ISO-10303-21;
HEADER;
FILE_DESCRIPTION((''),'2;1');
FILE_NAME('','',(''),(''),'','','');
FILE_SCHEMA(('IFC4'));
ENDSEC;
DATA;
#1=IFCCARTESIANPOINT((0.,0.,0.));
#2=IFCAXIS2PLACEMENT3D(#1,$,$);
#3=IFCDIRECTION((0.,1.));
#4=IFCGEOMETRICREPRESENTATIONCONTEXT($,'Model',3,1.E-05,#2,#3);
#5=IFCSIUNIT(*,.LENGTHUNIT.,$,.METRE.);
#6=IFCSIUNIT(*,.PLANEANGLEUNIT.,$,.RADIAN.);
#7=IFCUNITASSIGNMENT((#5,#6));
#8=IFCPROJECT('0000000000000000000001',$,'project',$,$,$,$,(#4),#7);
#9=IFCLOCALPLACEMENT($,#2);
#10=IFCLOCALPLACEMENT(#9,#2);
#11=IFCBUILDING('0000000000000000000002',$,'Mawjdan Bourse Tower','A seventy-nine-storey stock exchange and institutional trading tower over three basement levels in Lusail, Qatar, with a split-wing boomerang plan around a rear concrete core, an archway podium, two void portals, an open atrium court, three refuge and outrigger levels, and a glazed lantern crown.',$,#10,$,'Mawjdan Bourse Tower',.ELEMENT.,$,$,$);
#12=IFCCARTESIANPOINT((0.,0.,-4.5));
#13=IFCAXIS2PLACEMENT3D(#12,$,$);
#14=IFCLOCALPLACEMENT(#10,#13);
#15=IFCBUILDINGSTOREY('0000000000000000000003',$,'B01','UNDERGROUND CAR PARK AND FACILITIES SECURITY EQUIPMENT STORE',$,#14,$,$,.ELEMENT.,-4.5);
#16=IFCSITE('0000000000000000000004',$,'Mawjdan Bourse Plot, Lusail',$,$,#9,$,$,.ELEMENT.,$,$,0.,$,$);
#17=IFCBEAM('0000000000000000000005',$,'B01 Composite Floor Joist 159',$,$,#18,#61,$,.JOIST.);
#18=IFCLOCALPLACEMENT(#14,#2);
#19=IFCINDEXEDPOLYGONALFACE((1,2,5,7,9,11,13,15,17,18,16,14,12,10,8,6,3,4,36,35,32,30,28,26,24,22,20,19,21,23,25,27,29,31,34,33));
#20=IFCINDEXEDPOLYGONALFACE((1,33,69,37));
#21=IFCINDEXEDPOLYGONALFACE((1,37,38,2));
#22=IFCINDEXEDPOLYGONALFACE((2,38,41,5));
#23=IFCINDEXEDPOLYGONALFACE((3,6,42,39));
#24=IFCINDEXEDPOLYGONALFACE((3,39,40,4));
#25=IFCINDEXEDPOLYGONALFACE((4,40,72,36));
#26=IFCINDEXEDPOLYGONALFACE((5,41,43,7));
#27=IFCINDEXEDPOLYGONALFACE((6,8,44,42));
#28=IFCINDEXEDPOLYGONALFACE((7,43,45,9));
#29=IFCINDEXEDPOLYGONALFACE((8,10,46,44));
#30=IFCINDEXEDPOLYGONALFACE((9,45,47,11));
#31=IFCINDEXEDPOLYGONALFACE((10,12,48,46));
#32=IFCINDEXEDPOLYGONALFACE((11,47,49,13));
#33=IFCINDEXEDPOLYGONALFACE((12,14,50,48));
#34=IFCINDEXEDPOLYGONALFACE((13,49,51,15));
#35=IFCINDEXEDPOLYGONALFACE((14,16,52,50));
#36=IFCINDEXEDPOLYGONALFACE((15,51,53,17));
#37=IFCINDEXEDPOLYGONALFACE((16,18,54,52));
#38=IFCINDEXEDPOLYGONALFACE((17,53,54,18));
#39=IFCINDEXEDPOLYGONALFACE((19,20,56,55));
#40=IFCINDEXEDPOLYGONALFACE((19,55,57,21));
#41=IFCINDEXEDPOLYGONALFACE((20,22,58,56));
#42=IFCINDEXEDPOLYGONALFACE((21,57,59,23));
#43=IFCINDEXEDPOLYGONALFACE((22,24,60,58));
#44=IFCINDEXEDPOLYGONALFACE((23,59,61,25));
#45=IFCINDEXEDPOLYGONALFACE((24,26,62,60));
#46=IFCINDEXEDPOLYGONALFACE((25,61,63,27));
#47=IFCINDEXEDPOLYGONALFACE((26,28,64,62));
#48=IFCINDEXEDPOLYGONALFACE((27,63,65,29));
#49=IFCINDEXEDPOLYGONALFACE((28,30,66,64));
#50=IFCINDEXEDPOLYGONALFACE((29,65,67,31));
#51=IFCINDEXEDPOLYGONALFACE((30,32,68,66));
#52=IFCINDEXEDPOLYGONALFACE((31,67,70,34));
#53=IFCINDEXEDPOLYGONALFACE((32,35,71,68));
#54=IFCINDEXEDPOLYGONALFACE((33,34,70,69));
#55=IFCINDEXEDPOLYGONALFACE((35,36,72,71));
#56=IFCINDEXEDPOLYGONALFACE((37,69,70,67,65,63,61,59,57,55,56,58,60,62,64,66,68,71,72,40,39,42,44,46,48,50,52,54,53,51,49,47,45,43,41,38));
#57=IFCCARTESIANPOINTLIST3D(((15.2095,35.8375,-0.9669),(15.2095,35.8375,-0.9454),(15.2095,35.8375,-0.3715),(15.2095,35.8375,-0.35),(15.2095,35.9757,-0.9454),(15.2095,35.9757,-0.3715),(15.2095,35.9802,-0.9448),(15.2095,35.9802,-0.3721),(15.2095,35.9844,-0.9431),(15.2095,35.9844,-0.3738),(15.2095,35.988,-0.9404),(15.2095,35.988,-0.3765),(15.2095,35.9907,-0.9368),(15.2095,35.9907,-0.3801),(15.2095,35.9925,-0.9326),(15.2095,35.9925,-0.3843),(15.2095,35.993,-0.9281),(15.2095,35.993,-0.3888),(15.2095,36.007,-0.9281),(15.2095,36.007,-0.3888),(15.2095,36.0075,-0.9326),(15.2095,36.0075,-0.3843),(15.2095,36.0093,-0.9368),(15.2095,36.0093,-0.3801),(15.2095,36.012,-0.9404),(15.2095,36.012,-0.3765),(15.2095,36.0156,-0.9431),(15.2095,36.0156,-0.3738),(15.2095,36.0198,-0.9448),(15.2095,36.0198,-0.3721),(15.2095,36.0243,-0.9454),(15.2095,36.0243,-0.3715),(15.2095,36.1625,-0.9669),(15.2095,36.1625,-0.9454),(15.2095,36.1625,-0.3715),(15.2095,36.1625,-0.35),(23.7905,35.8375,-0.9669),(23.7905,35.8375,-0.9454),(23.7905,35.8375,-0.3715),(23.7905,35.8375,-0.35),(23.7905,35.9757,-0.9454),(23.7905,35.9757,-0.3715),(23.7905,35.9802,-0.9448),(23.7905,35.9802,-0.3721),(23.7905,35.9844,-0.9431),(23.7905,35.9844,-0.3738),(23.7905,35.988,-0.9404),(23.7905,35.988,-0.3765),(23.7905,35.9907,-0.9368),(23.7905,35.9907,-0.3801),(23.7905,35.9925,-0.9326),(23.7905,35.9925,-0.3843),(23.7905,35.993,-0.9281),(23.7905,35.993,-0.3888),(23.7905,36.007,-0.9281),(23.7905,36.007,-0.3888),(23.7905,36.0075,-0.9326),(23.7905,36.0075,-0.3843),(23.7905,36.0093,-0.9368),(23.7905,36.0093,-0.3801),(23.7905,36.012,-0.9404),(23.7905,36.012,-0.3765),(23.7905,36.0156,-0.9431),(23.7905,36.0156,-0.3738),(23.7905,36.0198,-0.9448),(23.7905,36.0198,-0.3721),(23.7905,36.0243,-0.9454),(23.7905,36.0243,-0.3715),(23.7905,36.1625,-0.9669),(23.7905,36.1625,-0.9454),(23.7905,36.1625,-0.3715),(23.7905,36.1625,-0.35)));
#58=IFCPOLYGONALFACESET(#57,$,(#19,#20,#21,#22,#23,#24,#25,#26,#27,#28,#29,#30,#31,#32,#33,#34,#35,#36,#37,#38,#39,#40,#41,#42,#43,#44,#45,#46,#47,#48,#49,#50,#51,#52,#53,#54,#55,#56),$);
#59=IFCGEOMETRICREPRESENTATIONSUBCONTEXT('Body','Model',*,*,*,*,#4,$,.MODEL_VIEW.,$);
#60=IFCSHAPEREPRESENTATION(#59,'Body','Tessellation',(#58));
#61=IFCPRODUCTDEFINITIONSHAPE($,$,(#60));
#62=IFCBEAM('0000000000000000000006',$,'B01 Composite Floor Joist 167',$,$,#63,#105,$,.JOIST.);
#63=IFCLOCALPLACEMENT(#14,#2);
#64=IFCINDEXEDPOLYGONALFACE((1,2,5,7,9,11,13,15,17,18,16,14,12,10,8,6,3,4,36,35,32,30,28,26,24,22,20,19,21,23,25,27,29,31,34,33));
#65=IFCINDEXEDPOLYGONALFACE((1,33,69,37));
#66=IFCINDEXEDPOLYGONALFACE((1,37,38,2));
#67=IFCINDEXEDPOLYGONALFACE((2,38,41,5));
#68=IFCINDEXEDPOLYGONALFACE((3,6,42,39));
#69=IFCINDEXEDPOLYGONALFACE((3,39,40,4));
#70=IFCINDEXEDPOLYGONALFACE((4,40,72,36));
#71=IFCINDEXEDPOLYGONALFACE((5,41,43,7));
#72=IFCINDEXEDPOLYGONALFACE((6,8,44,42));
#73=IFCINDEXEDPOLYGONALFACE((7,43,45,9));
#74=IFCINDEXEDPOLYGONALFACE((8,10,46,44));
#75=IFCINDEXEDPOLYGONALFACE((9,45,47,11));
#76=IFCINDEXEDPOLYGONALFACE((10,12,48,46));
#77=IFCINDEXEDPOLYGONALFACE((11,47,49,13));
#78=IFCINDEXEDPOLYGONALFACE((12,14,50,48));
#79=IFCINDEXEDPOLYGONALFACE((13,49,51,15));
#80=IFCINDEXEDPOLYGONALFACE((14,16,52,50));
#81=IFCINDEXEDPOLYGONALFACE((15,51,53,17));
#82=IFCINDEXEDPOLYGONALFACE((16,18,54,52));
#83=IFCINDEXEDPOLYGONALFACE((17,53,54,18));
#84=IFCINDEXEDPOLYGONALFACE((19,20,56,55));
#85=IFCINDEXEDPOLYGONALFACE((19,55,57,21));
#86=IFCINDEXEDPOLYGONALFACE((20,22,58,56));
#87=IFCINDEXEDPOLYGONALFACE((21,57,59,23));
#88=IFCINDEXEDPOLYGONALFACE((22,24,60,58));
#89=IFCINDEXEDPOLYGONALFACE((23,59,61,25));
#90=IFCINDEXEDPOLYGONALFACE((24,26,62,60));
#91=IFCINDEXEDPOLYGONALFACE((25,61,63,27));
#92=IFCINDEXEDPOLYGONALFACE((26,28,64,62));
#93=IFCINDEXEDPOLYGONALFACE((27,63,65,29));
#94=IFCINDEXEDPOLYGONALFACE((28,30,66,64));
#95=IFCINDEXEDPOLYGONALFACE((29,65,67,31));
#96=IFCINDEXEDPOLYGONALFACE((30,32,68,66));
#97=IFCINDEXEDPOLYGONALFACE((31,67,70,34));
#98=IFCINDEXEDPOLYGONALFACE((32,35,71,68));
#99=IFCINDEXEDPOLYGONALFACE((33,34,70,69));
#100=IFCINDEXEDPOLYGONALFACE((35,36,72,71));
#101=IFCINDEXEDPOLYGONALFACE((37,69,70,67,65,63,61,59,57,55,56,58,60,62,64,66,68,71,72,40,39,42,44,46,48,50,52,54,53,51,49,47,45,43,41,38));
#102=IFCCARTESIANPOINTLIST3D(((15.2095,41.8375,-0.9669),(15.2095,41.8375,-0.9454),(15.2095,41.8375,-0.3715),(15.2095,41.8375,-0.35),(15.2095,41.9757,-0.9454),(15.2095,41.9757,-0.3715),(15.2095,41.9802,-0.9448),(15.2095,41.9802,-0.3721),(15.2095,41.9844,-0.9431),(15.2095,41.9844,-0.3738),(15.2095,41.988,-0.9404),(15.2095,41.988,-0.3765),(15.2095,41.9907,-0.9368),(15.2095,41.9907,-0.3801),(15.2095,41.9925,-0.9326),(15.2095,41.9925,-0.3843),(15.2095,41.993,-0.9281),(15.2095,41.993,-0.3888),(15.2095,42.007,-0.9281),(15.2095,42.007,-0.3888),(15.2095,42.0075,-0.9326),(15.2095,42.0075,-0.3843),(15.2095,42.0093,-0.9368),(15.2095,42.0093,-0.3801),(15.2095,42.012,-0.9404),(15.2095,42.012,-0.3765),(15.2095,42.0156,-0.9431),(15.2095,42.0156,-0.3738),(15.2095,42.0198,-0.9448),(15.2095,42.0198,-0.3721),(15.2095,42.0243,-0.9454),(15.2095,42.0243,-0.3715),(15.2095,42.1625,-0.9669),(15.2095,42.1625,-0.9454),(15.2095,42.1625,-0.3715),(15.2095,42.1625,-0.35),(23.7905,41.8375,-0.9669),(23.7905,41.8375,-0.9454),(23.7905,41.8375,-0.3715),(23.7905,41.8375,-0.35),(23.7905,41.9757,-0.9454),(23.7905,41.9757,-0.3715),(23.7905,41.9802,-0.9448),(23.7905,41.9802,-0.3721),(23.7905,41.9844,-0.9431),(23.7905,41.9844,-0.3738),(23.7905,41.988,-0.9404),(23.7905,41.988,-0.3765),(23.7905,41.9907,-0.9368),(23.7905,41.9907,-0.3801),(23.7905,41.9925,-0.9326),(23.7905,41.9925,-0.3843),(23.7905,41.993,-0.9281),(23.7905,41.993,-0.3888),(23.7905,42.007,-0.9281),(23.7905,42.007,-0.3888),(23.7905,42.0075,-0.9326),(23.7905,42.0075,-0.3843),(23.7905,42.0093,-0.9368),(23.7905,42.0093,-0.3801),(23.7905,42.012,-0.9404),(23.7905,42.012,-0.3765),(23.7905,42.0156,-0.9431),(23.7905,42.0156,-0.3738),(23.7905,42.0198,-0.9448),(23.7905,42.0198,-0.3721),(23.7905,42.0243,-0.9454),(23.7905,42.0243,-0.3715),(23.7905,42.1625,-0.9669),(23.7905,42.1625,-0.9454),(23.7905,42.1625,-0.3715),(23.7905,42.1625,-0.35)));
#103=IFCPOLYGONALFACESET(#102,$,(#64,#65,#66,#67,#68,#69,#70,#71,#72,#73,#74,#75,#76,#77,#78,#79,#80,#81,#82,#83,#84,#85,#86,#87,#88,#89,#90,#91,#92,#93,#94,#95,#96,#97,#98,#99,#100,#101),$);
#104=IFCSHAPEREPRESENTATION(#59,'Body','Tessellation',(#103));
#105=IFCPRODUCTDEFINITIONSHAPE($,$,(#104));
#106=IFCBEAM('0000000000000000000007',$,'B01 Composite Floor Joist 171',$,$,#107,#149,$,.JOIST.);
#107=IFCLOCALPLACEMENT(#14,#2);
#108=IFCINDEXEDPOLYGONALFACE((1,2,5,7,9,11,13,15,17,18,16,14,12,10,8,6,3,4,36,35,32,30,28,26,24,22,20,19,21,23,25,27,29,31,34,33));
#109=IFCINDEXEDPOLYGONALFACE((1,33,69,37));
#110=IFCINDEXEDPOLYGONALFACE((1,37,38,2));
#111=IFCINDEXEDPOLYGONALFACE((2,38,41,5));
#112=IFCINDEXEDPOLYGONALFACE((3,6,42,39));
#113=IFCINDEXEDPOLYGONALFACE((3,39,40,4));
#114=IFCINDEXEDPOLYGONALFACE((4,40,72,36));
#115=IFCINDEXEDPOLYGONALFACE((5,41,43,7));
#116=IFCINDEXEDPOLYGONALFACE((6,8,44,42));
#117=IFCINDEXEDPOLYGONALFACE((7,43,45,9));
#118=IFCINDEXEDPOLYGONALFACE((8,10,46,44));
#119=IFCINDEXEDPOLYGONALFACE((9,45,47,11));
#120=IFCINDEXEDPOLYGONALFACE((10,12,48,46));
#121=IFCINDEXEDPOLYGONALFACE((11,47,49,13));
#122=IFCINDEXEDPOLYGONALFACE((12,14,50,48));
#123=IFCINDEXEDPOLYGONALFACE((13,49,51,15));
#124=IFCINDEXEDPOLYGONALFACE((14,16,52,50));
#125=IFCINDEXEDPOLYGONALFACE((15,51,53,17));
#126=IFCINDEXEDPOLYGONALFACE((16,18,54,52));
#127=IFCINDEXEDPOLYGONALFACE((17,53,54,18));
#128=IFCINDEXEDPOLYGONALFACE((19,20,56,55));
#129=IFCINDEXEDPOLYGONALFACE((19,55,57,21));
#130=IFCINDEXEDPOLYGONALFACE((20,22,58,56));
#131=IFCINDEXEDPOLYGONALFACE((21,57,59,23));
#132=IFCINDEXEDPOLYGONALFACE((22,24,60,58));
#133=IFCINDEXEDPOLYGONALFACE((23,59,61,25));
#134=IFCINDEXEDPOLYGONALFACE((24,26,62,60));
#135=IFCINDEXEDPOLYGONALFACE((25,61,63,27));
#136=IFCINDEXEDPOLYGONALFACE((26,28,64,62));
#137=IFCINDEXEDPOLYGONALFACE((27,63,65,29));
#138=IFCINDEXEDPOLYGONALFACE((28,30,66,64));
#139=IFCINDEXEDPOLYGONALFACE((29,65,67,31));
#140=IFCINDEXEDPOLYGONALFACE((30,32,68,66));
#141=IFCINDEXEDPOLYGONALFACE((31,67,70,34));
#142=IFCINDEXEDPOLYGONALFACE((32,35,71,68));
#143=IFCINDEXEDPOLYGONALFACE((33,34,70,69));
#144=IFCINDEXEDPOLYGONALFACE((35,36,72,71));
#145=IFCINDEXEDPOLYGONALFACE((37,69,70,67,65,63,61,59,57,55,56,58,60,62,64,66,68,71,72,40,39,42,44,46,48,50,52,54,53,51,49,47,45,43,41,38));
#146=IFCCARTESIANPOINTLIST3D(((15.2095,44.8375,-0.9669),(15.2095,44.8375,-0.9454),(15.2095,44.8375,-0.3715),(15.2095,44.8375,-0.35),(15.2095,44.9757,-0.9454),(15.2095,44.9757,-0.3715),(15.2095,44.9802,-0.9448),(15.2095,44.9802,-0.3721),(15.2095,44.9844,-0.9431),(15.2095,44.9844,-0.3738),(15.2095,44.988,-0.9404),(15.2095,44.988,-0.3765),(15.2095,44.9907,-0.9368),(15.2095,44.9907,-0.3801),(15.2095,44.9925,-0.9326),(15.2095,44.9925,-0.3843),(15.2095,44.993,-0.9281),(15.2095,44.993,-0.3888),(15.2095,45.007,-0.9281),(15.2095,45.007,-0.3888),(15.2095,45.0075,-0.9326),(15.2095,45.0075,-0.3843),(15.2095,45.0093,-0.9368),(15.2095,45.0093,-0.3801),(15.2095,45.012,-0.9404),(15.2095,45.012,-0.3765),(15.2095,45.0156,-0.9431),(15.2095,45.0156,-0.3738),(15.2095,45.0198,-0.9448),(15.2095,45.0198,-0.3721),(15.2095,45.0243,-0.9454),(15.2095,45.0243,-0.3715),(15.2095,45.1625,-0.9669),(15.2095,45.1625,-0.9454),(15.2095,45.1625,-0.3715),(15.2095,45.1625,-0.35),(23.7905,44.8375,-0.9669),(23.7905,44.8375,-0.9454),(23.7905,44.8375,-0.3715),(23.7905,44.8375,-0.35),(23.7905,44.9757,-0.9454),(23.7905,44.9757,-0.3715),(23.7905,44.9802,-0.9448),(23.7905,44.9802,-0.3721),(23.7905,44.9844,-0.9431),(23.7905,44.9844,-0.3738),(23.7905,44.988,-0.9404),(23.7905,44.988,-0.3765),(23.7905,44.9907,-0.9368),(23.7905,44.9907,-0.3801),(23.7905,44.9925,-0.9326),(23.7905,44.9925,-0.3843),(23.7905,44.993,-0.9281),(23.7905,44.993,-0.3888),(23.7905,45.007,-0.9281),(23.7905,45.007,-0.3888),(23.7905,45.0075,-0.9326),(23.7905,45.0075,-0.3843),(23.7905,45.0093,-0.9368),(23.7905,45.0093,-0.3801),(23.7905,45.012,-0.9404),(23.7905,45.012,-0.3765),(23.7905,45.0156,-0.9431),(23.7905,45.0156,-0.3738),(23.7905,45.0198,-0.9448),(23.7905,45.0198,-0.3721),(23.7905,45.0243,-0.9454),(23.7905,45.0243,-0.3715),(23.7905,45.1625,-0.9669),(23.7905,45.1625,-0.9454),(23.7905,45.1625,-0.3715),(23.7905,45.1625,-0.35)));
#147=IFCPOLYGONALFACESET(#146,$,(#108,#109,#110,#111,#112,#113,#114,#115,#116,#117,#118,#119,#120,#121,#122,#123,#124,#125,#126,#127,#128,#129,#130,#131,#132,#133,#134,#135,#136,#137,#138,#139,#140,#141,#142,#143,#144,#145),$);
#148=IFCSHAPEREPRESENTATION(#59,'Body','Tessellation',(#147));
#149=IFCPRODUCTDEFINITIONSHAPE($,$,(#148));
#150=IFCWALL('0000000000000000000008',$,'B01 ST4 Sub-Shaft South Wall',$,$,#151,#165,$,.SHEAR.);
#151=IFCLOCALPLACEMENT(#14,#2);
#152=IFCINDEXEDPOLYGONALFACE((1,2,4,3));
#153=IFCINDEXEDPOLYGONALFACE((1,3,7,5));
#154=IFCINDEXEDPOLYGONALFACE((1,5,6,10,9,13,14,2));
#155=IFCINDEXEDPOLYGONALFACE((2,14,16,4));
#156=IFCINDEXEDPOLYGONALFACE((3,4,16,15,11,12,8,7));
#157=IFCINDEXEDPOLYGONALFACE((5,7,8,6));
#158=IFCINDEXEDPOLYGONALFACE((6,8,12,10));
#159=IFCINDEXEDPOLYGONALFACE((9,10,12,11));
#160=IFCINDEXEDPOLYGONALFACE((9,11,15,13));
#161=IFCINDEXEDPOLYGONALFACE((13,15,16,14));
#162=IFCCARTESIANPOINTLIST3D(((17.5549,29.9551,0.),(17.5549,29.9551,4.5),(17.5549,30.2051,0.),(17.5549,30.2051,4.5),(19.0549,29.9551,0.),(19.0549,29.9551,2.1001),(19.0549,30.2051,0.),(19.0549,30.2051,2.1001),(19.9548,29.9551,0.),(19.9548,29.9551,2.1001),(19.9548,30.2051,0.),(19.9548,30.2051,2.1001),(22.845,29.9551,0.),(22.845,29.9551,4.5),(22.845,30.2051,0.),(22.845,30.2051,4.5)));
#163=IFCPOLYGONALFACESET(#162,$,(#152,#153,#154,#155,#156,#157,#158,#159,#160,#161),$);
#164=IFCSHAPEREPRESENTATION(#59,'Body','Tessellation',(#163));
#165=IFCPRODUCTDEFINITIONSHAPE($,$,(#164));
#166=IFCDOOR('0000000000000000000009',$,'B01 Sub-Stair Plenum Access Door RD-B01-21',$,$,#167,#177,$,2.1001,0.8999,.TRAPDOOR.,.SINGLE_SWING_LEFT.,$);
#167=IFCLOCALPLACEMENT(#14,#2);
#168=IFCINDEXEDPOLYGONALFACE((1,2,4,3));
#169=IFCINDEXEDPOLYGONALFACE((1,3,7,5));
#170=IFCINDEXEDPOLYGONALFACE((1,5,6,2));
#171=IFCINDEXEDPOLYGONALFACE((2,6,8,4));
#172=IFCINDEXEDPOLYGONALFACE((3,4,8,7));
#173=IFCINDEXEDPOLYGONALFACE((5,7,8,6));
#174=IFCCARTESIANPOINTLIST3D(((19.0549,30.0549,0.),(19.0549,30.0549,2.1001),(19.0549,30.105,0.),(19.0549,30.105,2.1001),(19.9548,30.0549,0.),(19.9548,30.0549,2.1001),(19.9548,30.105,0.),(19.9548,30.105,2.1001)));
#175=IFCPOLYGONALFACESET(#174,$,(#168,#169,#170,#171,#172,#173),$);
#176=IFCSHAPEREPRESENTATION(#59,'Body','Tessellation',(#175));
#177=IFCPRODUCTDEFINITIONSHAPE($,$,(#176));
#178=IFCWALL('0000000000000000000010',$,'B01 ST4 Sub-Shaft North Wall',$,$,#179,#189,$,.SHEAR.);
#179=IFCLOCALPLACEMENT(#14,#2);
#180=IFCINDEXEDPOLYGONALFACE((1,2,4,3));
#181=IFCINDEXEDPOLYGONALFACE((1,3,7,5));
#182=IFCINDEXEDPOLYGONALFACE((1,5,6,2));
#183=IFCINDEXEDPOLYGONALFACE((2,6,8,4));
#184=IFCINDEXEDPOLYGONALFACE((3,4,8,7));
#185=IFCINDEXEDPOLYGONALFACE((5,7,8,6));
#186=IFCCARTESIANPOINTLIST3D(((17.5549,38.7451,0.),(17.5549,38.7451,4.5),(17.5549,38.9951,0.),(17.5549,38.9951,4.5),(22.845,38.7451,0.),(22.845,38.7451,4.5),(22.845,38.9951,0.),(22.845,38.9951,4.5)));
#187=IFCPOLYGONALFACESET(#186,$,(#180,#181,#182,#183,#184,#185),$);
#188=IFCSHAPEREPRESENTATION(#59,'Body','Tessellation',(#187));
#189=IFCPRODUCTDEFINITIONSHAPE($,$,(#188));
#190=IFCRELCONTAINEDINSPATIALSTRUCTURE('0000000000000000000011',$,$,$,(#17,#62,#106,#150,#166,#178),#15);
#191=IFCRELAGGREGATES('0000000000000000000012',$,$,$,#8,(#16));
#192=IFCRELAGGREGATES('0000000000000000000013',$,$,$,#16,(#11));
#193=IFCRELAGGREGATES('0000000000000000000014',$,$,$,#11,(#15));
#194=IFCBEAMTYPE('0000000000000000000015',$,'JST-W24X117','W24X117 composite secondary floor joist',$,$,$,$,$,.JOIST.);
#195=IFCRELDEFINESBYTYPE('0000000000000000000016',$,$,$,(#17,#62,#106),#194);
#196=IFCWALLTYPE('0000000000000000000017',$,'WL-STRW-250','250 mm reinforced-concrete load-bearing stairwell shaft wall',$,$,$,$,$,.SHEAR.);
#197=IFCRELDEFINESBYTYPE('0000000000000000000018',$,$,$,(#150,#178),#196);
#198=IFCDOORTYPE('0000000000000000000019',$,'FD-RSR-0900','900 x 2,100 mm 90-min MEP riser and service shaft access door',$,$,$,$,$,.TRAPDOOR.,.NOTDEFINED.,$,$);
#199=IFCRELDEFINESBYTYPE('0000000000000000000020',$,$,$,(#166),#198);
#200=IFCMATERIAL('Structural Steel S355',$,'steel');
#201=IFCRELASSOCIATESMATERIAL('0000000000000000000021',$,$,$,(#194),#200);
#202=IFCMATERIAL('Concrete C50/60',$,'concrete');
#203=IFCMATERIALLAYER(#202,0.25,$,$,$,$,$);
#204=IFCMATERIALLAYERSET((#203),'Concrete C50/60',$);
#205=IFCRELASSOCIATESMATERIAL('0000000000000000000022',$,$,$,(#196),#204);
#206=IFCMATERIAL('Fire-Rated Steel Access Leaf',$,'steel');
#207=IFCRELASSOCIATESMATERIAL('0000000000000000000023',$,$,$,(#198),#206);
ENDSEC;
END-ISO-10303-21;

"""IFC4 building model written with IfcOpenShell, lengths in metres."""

from ifc_helpers import new_model, si_unit, direction, frame, frame_2d, origin, origin_2d, place, context, subcontext, project, spatial, rectangle, i_section, extrude, material, layer, layer_set, material_profile, profile_set, type_object, element, fill, save


model = new_model("IFC4")

# Units and contexts
model_context = context("Model", 3, precision=1e-05, world=origin(), true_north=direction((0.0, 1.0)))
body_context = subcontext(model_context, "Body", "Model", "MODEL_VIEW")
ifc_project = project(units=[si_unit("LENGTHUNIT", "METRE"), si_unit("PLANEANGLEUNIT", "RADIAN")], contexts=[model_context])

# Site, building, storey
site_placement = place(None, origin())
site = spatial("IfcSite", under=ifc_project, at=site_placement, Name="Mawjdan Bourse Plot, Lusail", CompositionType="ELEMENT", RefElevation=0.0)
building_placement = place(site_placement, origin())
building = spatial("IfcBuilding", under=site, at=building_placement, Name="Mawjdan Bourse Tower", Description="A seventy-nine-storey stock exchange and institutional trading tower over three basement levels in Lusail, Qatar, with a split-wing boomerang plan around a rear concrete core, an archway podium, two void portals, an open atrium court, three refuge and outrigger levels, and a glazed lantern crown.", LongName="Mawjdan Bourse Tower", CompositionType="ELEMENT")
storey_placement = place(building_placement, frame((0.0, 0.0, -4.5)))
storey = spatial("IfcBuildingStorey", under=building, at=storey_placement, Name="B01", Description="UNDERGROUND CAR PARK AND FACILITIES SECURITY EQUIPMENT STORE", CompositionType="ELEMENT", Elevation=-4.5)

# Beams
ifc_material_1 = material(Name="Structural Steel S355", Category="steel")
ifc_material_profile_1 = material_profile(ifc_material_1, i_section(OverallWidth=0.325, OverallDepth=0.6169, WebThickness=0.0139, FlangeThickness=0.0215, FilletRadius=0.0173, at=origin_2d()), Name="W24X117")
ifc_profile_set_1 = profile_set([ifc_material_profile_1], Name="Structural Steel S355")
beam_type_1 = type_object("IfcBeamType", Name="JST-W24X117", Description="W24X117 composite secondary floor joist", PredefinedType="JOIST", material=ifc_profile_set_1)
for number, where, z_axis, x_axis, name in (
    (1, (15.2095, 36.0, -0.6584), (1.0, 0.0, 0.0), (0.0, 1.0, 0.0), "B01 Composite Floor Joist 159"),
    (2, (15.2095, 42.0, -0.6584), (1.0, 0.0, 0.0), (0.0, 1.0, 0.0), "B01 Composite Floor Joist 167"),
    (3, (15.2095, 45.0, -0.6584), (1.0, 0.0, 0.0), (0.0, 1.0, 0.0), "B01 Composite Floor Joist 171"),
):
    element("IfcBeam", number, at=place(storey_placement, frame(where, z_axis=z_axis, x_axis=x_axis)), inside=storey, type_object=beam_type_1, Name=name, PredefinedType="JOIST", context=body_context, shape_type="SweptSolid", body=[
        extrude(i_section(OverallWidth=0.325, OverallDepth=0.6169, WebThickness=0.0139, FlangeThickness=0.0215, FilletRadius=0.0173, at=origin_2d()), origin(), (0.0, 0.0, 1.0), 8.5811),
    ])

# Wall, opening, door
ifc_material_2 = material(Name="Concrete C50/60", Category="concrete")
ifc_layer = layer(ifc_material_2, 0.25)
ifc_layer_set = layer_set([ifc_layer], Name="Concrete C50/60")
wall_type = type_object("IfcWallType", Name="WL-STRW-250", Description="250 mm reinforced-concrete load-bearing stairwell shaft wall", PredefinedType="SHEAR", material=ifc_layer_set)
wall_1_placement = place(storey_placement, frame((17.5549, 30.0801, 0.0), z_axis=(0.0, 0.0, 1.0), x_axis=(1.0, 0.0, 0.0)))
wall_1 = element("IfcWall", 4, at=wall_1_placement, inside=storey, type_object=wall_type, Name="B01 ST4 Sub-Shaft South Wall", PredefinedType="SHEAR", context=body_context, shape_type="SweptSolid", body=[
    extrude(rectangle(XDim=5.29, YDim=0.25, at=frame_2d((2.645, 0.0))), origin(), (0.0, 0.0, 1.0), 4.5),
])
opening_placement = place(wall_1_placement, frame((1.5, 0.0, 0.0)))
opening = element("IfcOpeningElement", 5, at=opening_placement, cuts=wall_1, PredefinedType="OPENING", context=body_context, shape_type="SweptSolid", body=[
    extrude(rectangle(XDim=0.8999, YDim=2.1001, at=frame_2d((0.45, 1.05))), frame((0.0, 0.135, 0.0), z_axis=(0.0, -1.0, 0.0), x_axis=(1.0, 0.0, 0.0)), (0.0, 0.0, 1.0), 0.27),
])
ifc_material_3 = material(Name="Fire-Rated Steel Access Leaf", Category="steel")
door_type = type_object("IfcDoorType", Name="FD-RSR-0900", Description="900 x 2,100 mm 90-min MEP riser and service shaft access door", OperationType="NOTDEFINED", PredefinedType="TRAPDOOR", material=ifc_material_3)
door_placement = place(opening_placement, origin())
door = element("IfcDoor", 6, at=door_placement, inside=storey, type_object=door_type, Name="B01 Sub-Stair Plenum Access Door RD-B01-21", OperationType="SINGLE_SWING_LEFT", OverallHeight=2.1001, OverallWidth=0.8999, PredefinedType="TRAPDOOR", context=body_context, shape_type="SweptSolid", body=[
    extrude(rectangle(XDim=0.8999, YDim=2.1001, at=frame_2d((0.45, 1.05))), frame((0.0, 0.0249, 0.0), z_axis=(0.0, -1.0, 0.0), x_axis=(1.0, 0.0, 0.0)), (0.0, 0.0, 1.0), 0.05),
])
fill(opening, door)

# Wall
wall_2_placement = place(storey_placement, frame((17.5549, 38.8701, 0.0), z_axis=(0.0, 0.0, 1.0), x_axis=(1.0, 0.0, 0.0)))
element("IfcWall", 7, at=wall_2_placement, inside=storey, type_object=wall_type, Name="B01 ST4 Sub-Shaft North Wall", PredefinedType="SHEAR", context=body_context, shape_type="SweptSolid", body=[
    extrude(rectangle(XDim=5.29, YDim=0.25, at=frame_2d((2.645, 0.0))), origin(), (0.0, 0.0, 1.0), 4.5),
])

save(model, "model.ifc")
